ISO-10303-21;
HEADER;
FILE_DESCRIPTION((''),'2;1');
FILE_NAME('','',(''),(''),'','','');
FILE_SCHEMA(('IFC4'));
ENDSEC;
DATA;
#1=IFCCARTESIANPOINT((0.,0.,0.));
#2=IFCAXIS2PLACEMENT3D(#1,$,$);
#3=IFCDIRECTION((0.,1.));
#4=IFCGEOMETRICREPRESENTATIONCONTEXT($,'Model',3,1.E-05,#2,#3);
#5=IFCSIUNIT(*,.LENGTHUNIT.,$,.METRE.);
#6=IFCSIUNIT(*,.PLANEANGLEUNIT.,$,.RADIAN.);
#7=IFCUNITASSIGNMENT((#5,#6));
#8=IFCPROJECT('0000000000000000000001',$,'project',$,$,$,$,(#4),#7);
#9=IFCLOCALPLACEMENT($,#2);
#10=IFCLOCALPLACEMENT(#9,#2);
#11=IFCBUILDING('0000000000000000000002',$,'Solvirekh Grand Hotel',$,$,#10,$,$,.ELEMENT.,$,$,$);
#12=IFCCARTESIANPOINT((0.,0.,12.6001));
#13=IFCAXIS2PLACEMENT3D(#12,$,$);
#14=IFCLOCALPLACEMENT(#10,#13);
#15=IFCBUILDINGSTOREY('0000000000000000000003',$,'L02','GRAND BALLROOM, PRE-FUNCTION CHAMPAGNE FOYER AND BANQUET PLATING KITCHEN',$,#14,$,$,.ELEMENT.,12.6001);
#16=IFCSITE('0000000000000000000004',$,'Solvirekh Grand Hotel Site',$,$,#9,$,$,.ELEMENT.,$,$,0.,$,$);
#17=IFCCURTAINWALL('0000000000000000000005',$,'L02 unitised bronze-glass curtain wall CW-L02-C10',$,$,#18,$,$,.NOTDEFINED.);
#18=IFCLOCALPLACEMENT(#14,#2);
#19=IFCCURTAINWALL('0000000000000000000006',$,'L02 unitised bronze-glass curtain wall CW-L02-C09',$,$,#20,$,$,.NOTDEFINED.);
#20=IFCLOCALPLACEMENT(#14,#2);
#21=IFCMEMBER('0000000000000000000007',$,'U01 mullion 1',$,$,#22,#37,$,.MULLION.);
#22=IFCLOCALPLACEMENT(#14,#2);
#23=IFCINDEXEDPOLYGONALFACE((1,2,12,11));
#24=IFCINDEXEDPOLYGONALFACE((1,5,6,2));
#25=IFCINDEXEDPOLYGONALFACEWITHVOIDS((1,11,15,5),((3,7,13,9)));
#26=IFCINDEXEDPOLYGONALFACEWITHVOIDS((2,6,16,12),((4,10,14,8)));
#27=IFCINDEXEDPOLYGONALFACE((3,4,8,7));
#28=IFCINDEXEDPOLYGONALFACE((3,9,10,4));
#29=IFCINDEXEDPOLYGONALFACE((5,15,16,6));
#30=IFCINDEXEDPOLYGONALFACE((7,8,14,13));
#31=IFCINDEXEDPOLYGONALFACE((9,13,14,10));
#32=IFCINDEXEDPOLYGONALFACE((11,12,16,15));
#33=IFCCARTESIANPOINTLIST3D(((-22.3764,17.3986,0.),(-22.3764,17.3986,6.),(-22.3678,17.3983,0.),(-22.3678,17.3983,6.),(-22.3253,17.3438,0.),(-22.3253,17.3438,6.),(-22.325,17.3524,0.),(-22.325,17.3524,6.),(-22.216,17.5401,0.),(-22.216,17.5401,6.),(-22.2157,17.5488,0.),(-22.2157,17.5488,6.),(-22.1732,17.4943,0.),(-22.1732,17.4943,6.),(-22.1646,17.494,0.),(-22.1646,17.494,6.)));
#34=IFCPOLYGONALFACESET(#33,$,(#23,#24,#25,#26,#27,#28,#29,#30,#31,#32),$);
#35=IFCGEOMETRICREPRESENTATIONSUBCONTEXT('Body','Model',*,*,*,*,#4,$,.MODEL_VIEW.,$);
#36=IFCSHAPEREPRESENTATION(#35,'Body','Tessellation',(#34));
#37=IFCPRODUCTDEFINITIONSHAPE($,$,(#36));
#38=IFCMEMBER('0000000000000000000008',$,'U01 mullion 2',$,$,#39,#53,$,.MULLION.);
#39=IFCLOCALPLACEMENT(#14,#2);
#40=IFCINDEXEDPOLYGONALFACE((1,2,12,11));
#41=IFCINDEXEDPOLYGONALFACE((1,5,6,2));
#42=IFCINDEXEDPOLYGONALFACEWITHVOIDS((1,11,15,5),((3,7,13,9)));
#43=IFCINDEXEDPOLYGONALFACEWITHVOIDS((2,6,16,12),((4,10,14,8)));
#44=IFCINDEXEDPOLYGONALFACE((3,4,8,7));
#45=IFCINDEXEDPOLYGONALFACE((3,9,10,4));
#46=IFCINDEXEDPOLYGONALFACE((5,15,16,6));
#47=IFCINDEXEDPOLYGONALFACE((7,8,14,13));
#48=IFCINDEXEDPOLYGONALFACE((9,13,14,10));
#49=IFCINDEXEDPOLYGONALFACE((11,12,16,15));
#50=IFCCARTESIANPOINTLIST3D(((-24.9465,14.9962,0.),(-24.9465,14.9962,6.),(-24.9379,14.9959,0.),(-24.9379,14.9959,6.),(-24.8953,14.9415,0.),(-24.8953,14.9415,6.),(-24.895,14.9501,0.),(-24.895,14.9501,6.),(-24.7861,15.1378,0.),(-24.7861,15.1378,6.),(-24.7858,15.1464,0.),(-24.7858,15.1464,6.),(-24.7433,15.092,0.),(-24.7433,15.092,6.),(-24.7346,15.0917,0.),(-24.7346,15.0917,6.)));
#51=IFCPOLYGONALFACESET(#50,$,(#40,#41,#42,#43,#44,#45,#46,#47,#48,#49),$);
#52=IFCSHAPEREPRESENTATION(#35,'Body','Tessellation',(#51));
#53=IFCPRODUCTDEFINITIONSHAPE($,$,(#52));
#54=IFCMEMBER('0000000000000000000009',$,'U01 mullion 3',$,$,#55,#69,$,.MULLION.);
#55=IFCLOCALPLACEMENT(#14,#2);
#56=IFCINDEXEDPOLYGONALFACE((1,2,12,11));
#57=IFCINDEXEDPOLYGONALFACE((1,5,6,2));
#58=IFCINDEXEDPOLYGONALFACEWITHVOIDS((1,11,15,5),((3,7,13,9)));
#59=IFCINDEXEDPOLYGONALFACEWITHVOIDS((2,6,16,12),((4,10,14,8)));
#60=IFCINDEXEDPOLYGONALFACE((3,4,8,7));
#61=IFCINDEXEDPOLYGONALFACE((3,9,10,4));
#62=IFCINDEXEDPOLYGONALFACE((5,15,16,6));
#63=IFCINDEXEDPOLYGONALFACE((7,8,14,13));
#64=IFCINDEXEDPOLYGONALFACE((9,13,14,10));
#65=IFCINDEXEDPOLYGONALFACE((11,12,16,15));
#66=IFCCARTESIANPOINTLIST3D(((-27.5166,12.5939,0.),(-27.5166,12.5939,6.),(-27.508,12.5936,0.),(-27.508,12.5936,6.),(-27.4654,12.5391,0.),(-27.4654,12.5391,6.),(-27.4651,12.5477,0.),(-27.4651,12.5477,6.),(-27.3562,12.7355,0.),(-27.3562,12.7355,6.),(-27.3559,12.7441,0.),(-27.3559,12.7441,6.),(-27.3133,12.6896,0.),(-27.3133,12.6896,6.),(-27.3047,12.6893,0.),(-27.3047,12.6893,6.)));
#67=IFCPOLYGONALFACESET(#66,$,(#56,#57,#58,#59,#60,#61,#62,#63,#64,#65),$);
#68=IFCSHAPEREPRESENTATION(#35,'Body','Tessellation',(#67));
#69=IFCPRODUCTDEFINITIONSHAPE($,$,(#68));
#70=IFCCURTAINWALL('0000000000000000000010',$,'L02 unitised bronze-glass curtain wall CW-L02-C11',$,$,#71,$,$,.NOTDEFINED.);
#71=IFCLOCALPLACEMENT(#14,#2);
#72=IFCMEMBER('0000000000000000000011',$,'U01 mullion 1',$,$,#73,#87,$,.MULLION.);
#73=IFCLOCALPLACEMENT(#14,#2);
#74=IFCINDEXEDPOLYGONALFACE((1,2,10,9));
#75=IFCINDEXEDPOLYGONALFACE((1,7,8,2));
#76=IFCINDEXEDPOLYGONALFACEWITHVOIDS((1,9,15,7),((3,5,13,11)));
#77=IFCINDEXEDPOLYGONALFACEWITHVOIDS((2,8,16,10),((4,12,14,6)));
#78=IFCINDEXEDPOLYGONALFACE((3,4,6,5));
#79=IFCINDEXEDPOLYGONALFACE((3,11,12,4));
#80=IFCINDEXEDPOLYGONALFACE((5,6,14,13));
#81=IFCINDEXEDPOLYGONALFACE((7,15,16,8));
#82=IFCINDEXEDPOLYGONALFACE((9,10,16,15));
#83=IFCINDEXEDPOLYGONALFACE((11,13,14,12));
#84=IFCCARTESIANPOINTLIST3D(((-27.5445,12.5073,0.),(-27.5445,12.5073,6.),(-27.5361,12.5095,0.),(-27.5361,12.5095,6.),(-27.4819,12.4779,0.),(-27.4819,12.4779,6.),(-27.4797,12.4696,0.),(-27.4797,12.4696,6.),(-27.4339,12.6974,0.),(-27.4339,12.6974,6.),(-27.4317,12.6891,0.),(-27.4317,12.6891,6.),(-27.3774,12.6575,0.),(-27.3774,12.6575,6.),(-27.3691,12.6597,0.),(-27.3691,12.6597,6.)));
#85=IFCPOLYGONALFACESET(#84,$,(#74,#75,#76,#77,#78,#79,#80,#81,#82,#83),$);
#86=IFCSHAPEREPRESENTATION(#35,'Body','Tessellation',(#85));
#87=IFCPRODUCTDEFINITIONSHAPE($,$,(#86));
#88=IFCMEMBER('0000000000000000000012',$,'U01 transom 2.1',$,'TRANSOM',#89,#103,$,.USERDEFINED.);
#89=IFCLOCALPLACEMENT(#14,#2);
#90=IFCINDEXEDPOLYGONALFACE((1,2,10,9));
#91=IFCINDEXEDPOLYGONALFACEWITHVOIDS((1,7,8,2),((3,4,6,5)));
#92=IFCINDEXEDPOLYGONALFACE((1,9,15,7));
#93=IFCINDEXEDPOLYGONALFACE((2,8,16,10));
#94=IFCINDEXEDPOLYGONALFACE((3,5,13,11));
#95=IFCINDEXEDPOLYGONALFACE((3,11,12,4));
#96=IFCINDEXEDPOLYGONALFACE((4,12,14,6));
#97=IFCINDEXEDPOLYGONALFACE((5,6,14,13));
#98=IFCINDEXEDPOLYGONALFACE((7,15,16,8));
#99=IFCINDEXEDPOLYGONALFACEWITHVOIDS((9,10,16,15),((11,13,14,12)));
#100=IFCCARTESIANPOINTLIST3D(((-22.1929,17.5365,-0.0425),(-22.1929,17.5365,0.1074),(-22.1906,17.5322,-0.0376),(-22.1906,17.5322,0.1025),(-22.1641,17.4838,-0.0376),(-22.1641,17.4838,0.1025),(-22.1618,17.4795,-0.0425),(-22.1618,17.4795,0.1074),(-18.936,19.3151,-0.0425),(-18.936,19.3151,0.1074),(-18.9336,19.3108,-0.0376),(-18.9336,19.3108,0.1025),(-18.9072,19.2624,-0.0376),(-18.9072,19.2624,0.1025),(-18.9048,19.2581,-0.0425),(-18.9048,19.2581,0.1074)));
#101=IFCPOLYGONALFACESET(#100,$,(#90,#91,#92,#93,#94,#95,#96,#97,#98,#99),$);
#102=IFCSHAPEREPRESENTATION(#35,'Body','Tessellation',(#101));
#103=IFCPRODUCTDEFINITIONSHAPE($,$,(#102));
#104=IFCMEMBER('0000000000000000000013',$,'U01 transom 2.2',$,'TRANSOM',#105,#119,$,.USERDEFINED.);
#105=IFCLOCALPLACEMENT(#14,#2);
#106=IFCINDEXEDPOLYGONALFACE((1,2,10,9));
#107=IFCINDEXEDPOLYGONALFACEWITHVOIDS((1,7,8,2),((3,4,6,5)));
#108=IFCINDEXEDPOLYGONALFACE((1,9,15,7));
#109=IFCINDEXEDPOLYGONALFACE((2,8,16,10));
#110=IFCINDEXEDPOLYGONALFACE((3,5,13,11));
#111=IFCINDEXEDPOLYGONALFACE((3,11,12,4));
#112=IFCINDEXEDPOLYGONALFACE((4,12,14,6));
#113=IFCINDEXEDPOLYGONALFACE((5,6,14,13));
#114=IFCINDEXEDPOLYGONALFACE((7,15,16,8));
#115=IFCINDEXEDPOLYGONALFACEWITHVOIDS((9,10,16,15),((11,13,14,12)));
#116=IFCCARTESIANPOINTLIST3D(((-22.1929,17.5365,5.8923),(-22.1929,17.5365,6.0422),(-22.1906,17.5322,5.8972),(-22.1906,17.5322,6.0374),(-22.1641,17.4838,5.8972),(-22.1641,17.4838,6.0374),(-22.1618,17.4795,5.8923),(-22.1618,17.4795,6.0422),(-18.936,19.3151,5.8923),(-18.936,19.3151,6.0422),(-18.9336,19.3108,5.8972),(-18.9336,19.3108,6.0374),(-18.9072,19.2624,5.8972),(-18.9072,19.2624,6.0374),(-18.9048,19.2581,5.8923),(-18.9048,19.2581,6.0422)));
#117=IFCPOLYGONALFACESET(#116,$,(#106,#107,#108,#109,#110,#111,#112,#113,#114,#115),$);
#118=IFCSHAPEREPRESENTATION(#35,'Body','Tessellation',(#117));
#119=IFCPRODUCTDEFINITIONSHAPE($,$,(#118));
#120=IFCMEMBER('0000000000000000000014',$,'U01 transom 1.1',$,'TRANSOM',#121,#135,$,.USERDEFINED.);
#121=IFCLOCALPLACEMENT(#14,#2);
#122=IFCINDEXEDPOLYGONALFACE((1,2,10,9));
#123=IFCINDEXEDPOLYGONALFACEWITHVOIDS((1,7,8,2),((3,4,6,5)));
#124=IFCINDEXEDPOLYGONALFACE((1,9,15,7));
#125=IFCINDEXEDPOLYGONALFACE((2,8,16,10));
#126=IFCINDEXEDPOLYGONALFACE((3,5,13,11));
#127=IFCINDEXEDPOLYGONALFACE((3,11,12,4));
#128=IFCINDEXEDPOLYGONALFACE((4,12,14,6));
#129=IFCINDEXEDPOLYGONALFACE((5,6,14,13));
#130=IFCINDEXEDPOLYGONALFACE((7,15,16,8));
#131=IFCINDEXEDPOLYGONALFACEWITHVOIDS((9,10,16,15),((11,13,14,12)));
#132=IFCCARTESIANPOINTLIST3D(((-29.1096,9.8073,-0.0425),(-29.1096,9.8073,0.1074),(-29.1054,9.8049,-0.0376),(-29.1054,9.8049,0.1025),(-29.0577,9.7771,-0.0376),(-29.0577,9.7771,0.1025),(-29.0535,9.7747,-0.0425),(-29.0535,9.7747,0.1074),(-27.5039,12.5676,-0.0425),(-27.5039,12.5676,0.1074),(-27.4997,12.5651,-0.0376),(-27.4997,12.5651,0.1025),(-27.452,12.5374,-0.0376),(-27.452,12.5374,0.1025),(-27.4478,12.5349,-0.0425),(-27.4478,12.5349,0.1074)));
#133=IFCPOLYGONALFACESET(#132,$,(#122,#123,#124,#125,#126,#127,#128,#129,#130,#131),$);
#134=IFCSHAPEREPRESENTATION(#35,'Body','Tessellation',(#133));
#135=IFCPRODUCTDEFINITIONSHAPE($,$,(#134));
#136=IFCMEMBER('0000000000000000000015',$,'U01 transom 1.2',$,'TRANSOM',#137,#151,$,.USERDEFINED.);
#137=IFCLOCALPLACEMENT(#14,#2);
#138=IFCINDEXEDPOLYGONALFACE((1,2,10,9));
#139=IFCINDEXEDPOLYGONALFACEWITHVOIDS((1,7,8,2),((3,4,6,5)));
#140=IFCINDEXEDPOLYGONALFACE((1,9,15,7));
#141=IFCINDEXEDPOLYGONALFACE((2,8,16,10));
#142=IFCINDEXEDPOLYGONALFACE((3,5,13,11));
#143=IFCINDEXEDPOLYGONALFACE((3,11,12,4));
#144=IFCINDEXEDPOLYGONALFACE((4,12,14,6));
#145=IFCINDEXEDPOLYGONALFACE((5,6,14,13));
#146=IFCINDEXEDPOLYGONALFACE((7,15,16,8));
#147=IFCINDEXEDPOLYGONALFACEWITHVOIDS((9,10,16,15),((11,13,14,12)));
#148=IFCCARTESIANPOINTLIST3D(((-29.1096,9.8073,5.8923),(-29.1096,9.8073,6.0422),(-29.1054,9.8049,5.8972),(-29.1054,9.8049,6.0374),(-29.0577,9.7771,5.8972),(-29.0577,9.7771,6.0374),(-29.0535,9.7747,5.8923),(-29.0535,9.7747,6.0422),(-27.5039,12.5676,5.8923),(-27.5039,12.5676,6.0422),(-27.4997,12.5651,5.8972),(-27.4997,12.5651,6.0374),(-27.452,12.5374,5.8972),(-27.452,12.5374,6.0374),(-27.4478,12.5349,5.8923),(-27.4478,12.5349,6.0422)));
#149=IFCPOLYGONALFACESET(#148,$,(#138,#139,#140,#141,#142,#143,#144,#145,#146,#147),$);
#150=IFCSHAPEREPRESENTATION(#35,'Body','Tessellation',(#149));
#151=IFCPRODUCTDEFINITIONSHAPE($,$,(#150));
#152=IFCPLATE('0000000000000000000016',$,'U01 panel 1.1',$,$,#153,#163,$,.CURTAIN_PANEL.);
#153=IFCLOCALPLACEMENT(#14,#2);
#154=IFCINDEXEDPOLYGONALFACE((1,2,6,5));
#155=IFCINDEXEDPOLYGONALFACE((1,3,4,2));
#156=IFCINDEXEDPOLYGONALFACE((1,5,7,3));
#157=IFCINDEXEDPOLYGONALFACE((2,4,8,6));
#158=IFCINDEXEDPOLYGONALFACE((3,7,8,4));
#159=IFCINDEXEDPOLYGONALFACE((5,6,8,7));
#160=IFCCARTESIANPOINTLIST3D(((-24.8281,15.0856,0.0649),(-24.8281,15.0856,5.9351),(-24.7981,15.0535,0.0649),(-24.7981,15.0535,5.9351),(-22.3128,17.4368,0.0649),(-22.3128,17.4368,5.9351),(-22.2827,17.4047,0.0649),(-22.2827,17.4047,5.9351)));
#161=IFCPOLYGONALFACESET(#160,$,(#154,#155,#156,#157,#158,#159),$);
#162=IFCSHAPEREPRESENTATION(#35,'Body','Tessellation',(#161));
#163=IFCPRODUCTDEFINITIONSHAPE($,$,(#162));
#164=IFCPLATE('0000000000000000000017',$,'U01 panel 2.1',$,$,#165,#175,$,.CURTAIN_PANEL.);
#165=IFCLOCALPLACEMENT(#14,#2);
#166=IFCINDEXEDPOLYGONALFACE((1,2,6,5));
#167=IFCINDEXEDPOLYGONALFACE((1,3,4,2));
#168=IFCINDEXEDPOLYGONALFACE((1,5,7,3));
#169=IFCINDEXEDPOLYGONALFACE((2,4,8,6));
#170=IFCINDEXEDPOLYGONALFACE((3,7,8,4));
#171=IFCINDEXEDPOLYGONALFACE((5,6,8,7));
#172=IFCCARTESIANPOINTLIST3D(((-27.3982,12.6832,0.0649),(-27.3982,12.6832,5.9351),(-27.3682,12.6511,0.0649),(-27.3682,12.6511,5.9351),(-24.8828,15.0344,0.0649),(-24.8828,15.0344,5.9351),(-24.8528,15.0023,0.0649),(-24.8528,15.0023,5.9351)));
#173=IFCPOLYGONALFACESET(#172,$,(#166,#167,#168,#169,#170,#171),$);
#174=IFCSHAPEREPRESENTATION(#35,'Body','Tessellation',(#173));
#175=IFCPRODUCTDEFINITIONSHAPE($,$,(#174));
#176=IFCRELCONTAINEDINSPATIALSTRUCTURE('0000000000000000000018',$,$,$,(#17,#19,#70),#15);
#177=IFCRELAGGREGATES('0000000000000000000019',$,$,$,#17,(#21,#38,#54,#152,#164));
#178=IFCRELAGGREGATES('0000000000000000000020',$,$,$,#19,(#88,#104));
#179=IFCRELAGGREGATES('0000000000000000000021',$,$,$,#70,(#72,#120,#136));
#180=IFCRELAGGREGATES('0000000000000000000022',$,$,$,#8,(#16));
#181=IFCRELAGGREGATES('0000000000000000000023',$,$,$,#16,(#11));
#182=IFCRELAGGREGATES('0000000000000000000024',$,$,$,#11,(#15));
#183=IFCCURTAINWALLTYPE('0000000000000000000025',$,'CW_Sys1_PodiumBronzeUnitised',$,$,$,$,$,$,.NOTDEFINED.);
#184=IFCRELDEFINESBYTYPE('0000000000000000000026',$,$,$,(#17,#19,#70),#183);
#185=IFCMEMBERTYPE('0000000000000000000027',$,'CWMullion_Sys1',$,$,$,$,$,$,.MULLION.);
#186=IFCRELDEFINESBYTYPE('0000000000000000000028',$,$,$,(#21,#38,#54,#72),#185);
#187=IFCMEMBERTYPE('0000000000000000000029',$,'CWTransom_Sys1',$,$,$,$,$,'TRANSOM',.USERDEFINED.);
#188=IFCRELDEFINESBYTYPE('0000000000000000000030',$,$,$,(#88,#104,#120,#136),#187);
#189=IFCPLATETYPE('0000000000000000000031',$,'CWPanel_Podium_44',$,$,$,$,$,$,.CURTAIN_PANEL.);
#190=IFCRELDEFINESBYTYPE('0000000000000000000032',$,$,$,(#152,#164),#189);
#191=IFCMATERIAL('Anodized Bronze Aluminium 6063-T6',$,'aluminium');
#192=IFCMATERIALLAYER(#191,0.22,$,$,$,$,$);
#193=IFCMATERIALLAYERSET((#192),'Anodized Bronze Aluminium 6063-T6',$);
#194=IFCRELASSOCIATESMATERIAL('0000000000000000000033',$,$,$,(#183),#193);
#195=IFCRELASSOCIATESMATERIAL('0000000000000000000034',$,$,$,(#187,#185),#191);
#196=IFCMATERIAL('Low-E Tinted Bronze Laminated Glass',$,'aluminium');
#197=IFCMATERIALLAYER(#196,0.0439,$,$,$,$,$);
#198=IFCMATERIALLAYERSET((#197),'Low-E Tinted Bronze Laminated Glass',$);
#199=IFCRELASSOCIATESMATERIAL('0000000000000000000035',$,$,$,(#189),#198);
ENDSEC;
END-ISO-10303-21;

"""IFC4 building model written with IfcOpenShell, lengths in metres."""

from ifc_helpers import new_model, si_unit, direction, frame, origin, origin_2d, place, context, subcontext, project, spatial, rectangle, hollow_rectangle, extrude, source, transform, mapped, material, layer, layer_set, material_profile, profile_set, type_object, element, aggregate, save


model = new_model("IFC4")

# Units and contexts
model_context = context("Model", 3, precision=1e-05, world=origin(), true_north=direction((0.0, 1.0)))
body_context = subcontext(model_context, "Body", "Model", "MODEL_VIEW")
ifc_project = project(units=[si_unit("LENGTHUNIT", "METRE"), si_unit("PLANEANGLEUNIT", "RADIAN")], contexts=[model_context])

# Site, building, storey
site_placement = place(None, origin())
site = spatial("IfcSite", under=ifc_project, at=site_placement, Name="Solvirekh Grand Hotel Site", CompositionType="ELEMENT", RefElevation=0.0)
building_placement = place(site_placement, origin())
building = spatial("IfcBuilding", under=site, at=building_placement, Name="Solvirekh Grand Hotel", CompositionType="ELEMENT")
storey_placement = place(building_placement, frame((0.0, 0.0, 12.6001)))
storey = spatial("IfcBuildingStorey", under=building, at=storey_placement, Name="L02", Description="GRAND BALLROOM, PRE-FUNCTION CHAMPAGNE FOYER AND BANQUET PLATING KITCHEN", CompositionType="ELEMENT", Elevation=12.6001)

# Curtain walls
ifc_material_1 = material(Name="Anodized Bronze Aluminium 6063-T6", Category="aluminium")
ifc_layer_1 = layer(ifc_material_1, 0.22)
ifc_layer_set_1 = layer_set([ifc_layer_1], Name="Anodized Bronze Aluminium 6063-T6")
curtain_wall_type = type_object("IfcCurtainWallType", Name="CW_Sys1_PodiumBronzeUnitised", PredefinedType="NOTDEFINED", material=ifc_layer_set_1)
curtain_wall_1_placement = place(storey_placement, origin())
curtain_wall_1 = element("IfcCurtainWall", 1, at=curtain_wall_1_placement, inside=storey, type_object=curtain_wall_type, Name="L02 unitised bronze-glass curtain wall CW-L02-C10", PredefinedType="NOTDEFINED")
ifc_material_profile_1 = material_profile(ifc_material_1, hollow_rectangle(XDim=0.0649, YDim=0.1499, WallThickness=0.0049, at=origin_2d()), Name="ALU RHS 150X65X5")
ifc_profile_set_1 = profile_set([ifc_material_profile_1], Name="Anodized Bronze Aluminium 6063-T6")
member_type_1 = type_object("IfcMemberType", Name="CWTransom_Sys1", ElementType="TRANSOM", PredefinedType="USERDEFINED", material=ifc_profile_set_1)
curtain_wall_2_placement = place(storey_placement, origin())
curtain_wall_2 = element("IfcCurtainWall", 2, at=curtain_wall_2_placement, inside=storey, type_object=curtain_wall_type, Name="L02 unitised bronze-glass curtain wall CW-L02-C09", PredefinedType="NOTDEFINED")

# Shared definitions
ifc_material_profile_2 = material_profile(ifc_material_1, hollow_rectangle(XDim=0.075, YDim=0.22, WallThickness=0.0061, at=origin_2d()), Name="ALU RHS 220X75X6")
ifc_profile_set_2 = profile_set([ifc_material_profile_2], Name="Anodized Bronze Aluminium 6063-T6")
member_type_2 = type_object("IfcMemberType", Name="CWMullion_Sys1", PredefinedType="MULLION", material=ifc_profile_set_2)
shared_shape_1 = source(origin(), body_context, "Body", "SweptSolid", [
    extrude(hollow_rectangle(XDim=0.075, YDim=0.22, WallThickness=0.0061, at=origin_2d()), origin(), (0.0, 0.0, 1.0), 6.0),
])

# Members
member_1_placement = place(storey_placement, frame((-22.2705, 17.4463, 0.0), z_axis=(0.0, 0.0, 1.0), x_axis=(0.682869, -0.730541, 0.0)))
member_1 = element("IfcMember", 3, at=member_1_placement, type_object=member_type_2, Name="U01 mullion 1", PredefinedType="MULLION", context=body_context, shape_type="MappedRepresentation", body=[
    mapped(shared_shape_1, transform((0.0, 0.0, 0.0), x_axis=(1.0, 0.0, 0.0), y_axis=(0.0, 1.0, 0.0), z_axis=(0.0, 0.0, 1.0), scale=1.0)),
])
member_2_placement = place(storey_placement, frame((-24.8406, 15.0439, 0.0), z_axis=(0.0, 0.0, 1.0), x_axis=(0.682869, -0.730541, 0.0)))
member_2 = element("IfcMember", 4, at=member_2_placement, type_object=member_type_2, Name="U01 mullion 2", PredefinedType="MULLION", context=body_context, shape_type="MappedRepresentation", body=[
    mapped(shared_shape_1, transform((0.0, 0.0, 0.0), x_axis=(1.0, 0.0, 0.0), y_axis=(0.0, 1.0, 0.0), z_axis=(0.0, 0.0, 1.0), scale=1.0)),
])
member_3_placement = place(storey_placement, frame((-27.4106, 12.6416, 0.0), z_axis=(0.0, 0.0, 1.0), x_axis=(0.682869, -0.730541, 0.0)))
member_3 = element("IfcMember", 5, at=member_3_placement, type_object=member_type_2, Name="U01 mullion 3", PredefinedType="MULLION", context=body_context, shape_type="MappedRepresentation", body=[
    mapped(shared_shape_1, transform((0.0, 0.0, 0.0), x_axis=(1.0, 0.0, 0.0), y_axis=(0.0, 1.0, 0.0), z_axis=(0.0, 0.0, 1.0), scale=1.0)),
])

# Curtain wall, member
curtain_wall_3_placement = place(storey_placement, origin())
curtain_wall_3 = element("IfcCurtainWall", 6, at=curtain_wall_3_placement, inside=storey, type_object=curtain_wall_type, Name="L02 unitised bronze-glass curtain wall CW-L02-C11", PredefinedType="NOTDEFINED")
member_4_placement = place(storey_placement, frame((-27.4568, 12.5835, 0.0), z_axis=(0.0, 0.0, 1.0), x_axis=(0.864354, -0.502883, 0.0)))
member_4 = element("IfcMember", 7, at=member_4_placement, type_object=member_type_2, Name="U01 mullion 1", PredefinedType="MULLION", context=body_context, shape_type="MappedRepresentation", body=[
    mapped(shared_shape_1, transform((0.0, 0.0, 0.0), x_axis=(1.0, 0.0, 0.0), y_axis=(0.0, 1.0, 0.0), z_axis=(0.0, 0.0, 1.0), scale=1.0)),
])

# Members
shared_shape_2 = source(origin(), body_context, "Body", "SweptSolid", [
    extrude(hollow_rectangle(XDim=0.0649, YDim=0.1499, WallThickness=0.0049, at=origin_2d()), origin(), (0.0, 0.0, 1.0), 3.7109),
])
member_5_placement = place(storey_placement, frame((-18.9204, 19.2866, 0.0325), z_axis=(-0.877657, -0.47929, 0.0), x_axis=(0.47929, -0.877657, 0.0)))
member_5 = element("IfcMember", 8, at=member_5_placement, type_object=member_type_1, Name="U01 transom 2.1", ObjectType="TRANSOM", PredefinedType="USERDEFINED", context=body_context, shape_type="MappedRepresentation", body=[
    mapped(shared_shape_2, transform((0.0, 0.0, 0.0), x_axis=(1.0, 0.0, 0.0), y_axis=(0.0, 1.0, 0.0), z_axis=(0.0, 0.0, 1.0), scale=1.0)),
])
member_6_placement = place(storey_placement, frame((-18.9204, 19.2866, 5.9673), z_axis=(-0.877657, -0.47929, 0.0), x_axis=(0.47929, -0.877657, 0.0)))
member_6 = element("IfcMember", 9, at=member_6_placement, type_object=member_type_1, Name="U01 transom 2.2", ObjectType="TRANSOM", PredefinedType="USERDEFINED", context=body_context, shape_type="MappedRepresentation", body=[
    mapped(shared_shape_2, transform((0.0, 0.0, 0.0), x_axis=(1.0, 0.0, 0.0), y_axis=(0.0, 1.0, 0.0), z_axis=(0.0, 0.0, 1.0), scale=1.0)),
])
shared_shape_3 = source(origin(), body_context, "Body", "SweptSolid", [
    extrude(hollow_rectangle(XDim=0.0649, YDim=0.1499, WallThickness=0.0049, at=origin_2d()), origin(), (0.0, 0.0, 1.0), 3.1934),
])
member_7_placement = place(storey_placement, frame((-27.4758, 12.5513, 0.0325), z_axis=(-0.502834, -0.864383, 0.0), x_axis=(0.864383, -0.502834, 0.0)))
member_7 = element("IfcMember", 10, at=member_7_placement, type_object=member_type_1, Name="U01 transom 1.1", ObjectType="TRANSOM", PredefinedType="USERDEFINED", context=body_context, shape_type="MappedRepresentation", body=[
    mapped(shared_shape_3, transform((0.0, 0.0, 0.0), x_axis=(1.0, 0.0, 0.0), y_axis=(0.0, 1.0, 0.0), z_axis=(0.0, 0.0, 1.0), scale=1.0)),
])
member_8_placement = place(storey_placement, frame((-27.4758, 12.5513, 5.9673), z_axis=(-0.502834, -0.864383, 0.0), x_axis=(0.864383, -0.502834, 0.0)))
member_8 = element("IfcMember", 11, at=member_8_placement, type_object=member_type_1, Name="U01 transom 1.2", ObjectType="TRANSOM", PredefinedType="USERDEFINED", context=body_context, shape_type="MappedRepresentation", body=[
    mapped(shared_shape_3, transform((0.0, 0.0, 0.0), x_axis=(1.0, 0.0, 0.0), y_axis=(0.0, 1.0, 0.0), z_axis=(0.0, 0.0, 1.0), scale=1.0)),
])

# Plates
ifc_material_2 = material(Name="Low-E Tinted Bronze Laminated Glass", Category="aluminium")
ifc_layer_2 = layer(ifc_material_2, 0.0439)
ifc_layer_set_2 = layer_set([ifc_layer_2], Name="Low-E Tinted Bronze Laminated Glass")
plate_type = type_object("IfcPlateType", Name="CWPanel_Podium_44", PredefinedType="CURTAIN_PANEL", material=ifc_layer_set_2)
shared_shape_4 = source(origin(), body_context, "Body", "SweptSolid", [
    extrude(rectangle(XDim=3.4431, YDim=0.0439, at=origin_2d()), origin(), (0.0, 0.0, 1.0), 5.8701),
])
plate_1_placement = place(storey_placement, frame((-23.5554, 16.2451, 0.0649), z_axis=(0.0, 0.0, 1.0), x_axis=(-0.730541, -0.682869, 0.0)))
plate_1 = element("IfcPlate", 12, at=plate_1_placement, type_object=plate_type, Name="U01 panel 1.1", PredefinedType="CURTAIN_PANEL", context=body_context, shape_type="MappedRepresentation", body=[
    mapped(shared_shape_4, transform((0.0, 0.0, 0.0), x_axis=(1.0, 0.0, 0.0), y_axis=(0.0, 1.0, 0.0), z_axis=(0.0, 0.0, 1.0), scale=1.0)),
])
plate_2_placement = place(storey_placement, frame((-26.1255, 13.8428, 0.0649), z_axis=(0.0, 0.0, 1.0), x_axis=(-0.730541, -0.682869, 0.0)))
plate_2 = element("IfcPlate", 13, at=plate_2_placement, type_object=plate_type, Name="U01 panel 2.1", PredefinedType="CURTAIN_PANEL", context=body_context, shape_type="MappedRepresentation", body=[
    mapped(shared_shape_4, transform((0.0, 0.0, 0.0), x_axis=(1.0, 0.0, 0.0), y_axis=(0.0, 1.0, 0.0), z_axis=(0.0, 0.0, 1.0), scale=1.0)),
])
aggregate(curtain_wall_1, [member_1, member_2, member_3, plate_1, plate_2])
aggregate(curtain_wall_2, [member_5, member_6])
aggregate(curtain_wall_3, [member_4, member_7, member_8])

save(model, "model.ifc")
